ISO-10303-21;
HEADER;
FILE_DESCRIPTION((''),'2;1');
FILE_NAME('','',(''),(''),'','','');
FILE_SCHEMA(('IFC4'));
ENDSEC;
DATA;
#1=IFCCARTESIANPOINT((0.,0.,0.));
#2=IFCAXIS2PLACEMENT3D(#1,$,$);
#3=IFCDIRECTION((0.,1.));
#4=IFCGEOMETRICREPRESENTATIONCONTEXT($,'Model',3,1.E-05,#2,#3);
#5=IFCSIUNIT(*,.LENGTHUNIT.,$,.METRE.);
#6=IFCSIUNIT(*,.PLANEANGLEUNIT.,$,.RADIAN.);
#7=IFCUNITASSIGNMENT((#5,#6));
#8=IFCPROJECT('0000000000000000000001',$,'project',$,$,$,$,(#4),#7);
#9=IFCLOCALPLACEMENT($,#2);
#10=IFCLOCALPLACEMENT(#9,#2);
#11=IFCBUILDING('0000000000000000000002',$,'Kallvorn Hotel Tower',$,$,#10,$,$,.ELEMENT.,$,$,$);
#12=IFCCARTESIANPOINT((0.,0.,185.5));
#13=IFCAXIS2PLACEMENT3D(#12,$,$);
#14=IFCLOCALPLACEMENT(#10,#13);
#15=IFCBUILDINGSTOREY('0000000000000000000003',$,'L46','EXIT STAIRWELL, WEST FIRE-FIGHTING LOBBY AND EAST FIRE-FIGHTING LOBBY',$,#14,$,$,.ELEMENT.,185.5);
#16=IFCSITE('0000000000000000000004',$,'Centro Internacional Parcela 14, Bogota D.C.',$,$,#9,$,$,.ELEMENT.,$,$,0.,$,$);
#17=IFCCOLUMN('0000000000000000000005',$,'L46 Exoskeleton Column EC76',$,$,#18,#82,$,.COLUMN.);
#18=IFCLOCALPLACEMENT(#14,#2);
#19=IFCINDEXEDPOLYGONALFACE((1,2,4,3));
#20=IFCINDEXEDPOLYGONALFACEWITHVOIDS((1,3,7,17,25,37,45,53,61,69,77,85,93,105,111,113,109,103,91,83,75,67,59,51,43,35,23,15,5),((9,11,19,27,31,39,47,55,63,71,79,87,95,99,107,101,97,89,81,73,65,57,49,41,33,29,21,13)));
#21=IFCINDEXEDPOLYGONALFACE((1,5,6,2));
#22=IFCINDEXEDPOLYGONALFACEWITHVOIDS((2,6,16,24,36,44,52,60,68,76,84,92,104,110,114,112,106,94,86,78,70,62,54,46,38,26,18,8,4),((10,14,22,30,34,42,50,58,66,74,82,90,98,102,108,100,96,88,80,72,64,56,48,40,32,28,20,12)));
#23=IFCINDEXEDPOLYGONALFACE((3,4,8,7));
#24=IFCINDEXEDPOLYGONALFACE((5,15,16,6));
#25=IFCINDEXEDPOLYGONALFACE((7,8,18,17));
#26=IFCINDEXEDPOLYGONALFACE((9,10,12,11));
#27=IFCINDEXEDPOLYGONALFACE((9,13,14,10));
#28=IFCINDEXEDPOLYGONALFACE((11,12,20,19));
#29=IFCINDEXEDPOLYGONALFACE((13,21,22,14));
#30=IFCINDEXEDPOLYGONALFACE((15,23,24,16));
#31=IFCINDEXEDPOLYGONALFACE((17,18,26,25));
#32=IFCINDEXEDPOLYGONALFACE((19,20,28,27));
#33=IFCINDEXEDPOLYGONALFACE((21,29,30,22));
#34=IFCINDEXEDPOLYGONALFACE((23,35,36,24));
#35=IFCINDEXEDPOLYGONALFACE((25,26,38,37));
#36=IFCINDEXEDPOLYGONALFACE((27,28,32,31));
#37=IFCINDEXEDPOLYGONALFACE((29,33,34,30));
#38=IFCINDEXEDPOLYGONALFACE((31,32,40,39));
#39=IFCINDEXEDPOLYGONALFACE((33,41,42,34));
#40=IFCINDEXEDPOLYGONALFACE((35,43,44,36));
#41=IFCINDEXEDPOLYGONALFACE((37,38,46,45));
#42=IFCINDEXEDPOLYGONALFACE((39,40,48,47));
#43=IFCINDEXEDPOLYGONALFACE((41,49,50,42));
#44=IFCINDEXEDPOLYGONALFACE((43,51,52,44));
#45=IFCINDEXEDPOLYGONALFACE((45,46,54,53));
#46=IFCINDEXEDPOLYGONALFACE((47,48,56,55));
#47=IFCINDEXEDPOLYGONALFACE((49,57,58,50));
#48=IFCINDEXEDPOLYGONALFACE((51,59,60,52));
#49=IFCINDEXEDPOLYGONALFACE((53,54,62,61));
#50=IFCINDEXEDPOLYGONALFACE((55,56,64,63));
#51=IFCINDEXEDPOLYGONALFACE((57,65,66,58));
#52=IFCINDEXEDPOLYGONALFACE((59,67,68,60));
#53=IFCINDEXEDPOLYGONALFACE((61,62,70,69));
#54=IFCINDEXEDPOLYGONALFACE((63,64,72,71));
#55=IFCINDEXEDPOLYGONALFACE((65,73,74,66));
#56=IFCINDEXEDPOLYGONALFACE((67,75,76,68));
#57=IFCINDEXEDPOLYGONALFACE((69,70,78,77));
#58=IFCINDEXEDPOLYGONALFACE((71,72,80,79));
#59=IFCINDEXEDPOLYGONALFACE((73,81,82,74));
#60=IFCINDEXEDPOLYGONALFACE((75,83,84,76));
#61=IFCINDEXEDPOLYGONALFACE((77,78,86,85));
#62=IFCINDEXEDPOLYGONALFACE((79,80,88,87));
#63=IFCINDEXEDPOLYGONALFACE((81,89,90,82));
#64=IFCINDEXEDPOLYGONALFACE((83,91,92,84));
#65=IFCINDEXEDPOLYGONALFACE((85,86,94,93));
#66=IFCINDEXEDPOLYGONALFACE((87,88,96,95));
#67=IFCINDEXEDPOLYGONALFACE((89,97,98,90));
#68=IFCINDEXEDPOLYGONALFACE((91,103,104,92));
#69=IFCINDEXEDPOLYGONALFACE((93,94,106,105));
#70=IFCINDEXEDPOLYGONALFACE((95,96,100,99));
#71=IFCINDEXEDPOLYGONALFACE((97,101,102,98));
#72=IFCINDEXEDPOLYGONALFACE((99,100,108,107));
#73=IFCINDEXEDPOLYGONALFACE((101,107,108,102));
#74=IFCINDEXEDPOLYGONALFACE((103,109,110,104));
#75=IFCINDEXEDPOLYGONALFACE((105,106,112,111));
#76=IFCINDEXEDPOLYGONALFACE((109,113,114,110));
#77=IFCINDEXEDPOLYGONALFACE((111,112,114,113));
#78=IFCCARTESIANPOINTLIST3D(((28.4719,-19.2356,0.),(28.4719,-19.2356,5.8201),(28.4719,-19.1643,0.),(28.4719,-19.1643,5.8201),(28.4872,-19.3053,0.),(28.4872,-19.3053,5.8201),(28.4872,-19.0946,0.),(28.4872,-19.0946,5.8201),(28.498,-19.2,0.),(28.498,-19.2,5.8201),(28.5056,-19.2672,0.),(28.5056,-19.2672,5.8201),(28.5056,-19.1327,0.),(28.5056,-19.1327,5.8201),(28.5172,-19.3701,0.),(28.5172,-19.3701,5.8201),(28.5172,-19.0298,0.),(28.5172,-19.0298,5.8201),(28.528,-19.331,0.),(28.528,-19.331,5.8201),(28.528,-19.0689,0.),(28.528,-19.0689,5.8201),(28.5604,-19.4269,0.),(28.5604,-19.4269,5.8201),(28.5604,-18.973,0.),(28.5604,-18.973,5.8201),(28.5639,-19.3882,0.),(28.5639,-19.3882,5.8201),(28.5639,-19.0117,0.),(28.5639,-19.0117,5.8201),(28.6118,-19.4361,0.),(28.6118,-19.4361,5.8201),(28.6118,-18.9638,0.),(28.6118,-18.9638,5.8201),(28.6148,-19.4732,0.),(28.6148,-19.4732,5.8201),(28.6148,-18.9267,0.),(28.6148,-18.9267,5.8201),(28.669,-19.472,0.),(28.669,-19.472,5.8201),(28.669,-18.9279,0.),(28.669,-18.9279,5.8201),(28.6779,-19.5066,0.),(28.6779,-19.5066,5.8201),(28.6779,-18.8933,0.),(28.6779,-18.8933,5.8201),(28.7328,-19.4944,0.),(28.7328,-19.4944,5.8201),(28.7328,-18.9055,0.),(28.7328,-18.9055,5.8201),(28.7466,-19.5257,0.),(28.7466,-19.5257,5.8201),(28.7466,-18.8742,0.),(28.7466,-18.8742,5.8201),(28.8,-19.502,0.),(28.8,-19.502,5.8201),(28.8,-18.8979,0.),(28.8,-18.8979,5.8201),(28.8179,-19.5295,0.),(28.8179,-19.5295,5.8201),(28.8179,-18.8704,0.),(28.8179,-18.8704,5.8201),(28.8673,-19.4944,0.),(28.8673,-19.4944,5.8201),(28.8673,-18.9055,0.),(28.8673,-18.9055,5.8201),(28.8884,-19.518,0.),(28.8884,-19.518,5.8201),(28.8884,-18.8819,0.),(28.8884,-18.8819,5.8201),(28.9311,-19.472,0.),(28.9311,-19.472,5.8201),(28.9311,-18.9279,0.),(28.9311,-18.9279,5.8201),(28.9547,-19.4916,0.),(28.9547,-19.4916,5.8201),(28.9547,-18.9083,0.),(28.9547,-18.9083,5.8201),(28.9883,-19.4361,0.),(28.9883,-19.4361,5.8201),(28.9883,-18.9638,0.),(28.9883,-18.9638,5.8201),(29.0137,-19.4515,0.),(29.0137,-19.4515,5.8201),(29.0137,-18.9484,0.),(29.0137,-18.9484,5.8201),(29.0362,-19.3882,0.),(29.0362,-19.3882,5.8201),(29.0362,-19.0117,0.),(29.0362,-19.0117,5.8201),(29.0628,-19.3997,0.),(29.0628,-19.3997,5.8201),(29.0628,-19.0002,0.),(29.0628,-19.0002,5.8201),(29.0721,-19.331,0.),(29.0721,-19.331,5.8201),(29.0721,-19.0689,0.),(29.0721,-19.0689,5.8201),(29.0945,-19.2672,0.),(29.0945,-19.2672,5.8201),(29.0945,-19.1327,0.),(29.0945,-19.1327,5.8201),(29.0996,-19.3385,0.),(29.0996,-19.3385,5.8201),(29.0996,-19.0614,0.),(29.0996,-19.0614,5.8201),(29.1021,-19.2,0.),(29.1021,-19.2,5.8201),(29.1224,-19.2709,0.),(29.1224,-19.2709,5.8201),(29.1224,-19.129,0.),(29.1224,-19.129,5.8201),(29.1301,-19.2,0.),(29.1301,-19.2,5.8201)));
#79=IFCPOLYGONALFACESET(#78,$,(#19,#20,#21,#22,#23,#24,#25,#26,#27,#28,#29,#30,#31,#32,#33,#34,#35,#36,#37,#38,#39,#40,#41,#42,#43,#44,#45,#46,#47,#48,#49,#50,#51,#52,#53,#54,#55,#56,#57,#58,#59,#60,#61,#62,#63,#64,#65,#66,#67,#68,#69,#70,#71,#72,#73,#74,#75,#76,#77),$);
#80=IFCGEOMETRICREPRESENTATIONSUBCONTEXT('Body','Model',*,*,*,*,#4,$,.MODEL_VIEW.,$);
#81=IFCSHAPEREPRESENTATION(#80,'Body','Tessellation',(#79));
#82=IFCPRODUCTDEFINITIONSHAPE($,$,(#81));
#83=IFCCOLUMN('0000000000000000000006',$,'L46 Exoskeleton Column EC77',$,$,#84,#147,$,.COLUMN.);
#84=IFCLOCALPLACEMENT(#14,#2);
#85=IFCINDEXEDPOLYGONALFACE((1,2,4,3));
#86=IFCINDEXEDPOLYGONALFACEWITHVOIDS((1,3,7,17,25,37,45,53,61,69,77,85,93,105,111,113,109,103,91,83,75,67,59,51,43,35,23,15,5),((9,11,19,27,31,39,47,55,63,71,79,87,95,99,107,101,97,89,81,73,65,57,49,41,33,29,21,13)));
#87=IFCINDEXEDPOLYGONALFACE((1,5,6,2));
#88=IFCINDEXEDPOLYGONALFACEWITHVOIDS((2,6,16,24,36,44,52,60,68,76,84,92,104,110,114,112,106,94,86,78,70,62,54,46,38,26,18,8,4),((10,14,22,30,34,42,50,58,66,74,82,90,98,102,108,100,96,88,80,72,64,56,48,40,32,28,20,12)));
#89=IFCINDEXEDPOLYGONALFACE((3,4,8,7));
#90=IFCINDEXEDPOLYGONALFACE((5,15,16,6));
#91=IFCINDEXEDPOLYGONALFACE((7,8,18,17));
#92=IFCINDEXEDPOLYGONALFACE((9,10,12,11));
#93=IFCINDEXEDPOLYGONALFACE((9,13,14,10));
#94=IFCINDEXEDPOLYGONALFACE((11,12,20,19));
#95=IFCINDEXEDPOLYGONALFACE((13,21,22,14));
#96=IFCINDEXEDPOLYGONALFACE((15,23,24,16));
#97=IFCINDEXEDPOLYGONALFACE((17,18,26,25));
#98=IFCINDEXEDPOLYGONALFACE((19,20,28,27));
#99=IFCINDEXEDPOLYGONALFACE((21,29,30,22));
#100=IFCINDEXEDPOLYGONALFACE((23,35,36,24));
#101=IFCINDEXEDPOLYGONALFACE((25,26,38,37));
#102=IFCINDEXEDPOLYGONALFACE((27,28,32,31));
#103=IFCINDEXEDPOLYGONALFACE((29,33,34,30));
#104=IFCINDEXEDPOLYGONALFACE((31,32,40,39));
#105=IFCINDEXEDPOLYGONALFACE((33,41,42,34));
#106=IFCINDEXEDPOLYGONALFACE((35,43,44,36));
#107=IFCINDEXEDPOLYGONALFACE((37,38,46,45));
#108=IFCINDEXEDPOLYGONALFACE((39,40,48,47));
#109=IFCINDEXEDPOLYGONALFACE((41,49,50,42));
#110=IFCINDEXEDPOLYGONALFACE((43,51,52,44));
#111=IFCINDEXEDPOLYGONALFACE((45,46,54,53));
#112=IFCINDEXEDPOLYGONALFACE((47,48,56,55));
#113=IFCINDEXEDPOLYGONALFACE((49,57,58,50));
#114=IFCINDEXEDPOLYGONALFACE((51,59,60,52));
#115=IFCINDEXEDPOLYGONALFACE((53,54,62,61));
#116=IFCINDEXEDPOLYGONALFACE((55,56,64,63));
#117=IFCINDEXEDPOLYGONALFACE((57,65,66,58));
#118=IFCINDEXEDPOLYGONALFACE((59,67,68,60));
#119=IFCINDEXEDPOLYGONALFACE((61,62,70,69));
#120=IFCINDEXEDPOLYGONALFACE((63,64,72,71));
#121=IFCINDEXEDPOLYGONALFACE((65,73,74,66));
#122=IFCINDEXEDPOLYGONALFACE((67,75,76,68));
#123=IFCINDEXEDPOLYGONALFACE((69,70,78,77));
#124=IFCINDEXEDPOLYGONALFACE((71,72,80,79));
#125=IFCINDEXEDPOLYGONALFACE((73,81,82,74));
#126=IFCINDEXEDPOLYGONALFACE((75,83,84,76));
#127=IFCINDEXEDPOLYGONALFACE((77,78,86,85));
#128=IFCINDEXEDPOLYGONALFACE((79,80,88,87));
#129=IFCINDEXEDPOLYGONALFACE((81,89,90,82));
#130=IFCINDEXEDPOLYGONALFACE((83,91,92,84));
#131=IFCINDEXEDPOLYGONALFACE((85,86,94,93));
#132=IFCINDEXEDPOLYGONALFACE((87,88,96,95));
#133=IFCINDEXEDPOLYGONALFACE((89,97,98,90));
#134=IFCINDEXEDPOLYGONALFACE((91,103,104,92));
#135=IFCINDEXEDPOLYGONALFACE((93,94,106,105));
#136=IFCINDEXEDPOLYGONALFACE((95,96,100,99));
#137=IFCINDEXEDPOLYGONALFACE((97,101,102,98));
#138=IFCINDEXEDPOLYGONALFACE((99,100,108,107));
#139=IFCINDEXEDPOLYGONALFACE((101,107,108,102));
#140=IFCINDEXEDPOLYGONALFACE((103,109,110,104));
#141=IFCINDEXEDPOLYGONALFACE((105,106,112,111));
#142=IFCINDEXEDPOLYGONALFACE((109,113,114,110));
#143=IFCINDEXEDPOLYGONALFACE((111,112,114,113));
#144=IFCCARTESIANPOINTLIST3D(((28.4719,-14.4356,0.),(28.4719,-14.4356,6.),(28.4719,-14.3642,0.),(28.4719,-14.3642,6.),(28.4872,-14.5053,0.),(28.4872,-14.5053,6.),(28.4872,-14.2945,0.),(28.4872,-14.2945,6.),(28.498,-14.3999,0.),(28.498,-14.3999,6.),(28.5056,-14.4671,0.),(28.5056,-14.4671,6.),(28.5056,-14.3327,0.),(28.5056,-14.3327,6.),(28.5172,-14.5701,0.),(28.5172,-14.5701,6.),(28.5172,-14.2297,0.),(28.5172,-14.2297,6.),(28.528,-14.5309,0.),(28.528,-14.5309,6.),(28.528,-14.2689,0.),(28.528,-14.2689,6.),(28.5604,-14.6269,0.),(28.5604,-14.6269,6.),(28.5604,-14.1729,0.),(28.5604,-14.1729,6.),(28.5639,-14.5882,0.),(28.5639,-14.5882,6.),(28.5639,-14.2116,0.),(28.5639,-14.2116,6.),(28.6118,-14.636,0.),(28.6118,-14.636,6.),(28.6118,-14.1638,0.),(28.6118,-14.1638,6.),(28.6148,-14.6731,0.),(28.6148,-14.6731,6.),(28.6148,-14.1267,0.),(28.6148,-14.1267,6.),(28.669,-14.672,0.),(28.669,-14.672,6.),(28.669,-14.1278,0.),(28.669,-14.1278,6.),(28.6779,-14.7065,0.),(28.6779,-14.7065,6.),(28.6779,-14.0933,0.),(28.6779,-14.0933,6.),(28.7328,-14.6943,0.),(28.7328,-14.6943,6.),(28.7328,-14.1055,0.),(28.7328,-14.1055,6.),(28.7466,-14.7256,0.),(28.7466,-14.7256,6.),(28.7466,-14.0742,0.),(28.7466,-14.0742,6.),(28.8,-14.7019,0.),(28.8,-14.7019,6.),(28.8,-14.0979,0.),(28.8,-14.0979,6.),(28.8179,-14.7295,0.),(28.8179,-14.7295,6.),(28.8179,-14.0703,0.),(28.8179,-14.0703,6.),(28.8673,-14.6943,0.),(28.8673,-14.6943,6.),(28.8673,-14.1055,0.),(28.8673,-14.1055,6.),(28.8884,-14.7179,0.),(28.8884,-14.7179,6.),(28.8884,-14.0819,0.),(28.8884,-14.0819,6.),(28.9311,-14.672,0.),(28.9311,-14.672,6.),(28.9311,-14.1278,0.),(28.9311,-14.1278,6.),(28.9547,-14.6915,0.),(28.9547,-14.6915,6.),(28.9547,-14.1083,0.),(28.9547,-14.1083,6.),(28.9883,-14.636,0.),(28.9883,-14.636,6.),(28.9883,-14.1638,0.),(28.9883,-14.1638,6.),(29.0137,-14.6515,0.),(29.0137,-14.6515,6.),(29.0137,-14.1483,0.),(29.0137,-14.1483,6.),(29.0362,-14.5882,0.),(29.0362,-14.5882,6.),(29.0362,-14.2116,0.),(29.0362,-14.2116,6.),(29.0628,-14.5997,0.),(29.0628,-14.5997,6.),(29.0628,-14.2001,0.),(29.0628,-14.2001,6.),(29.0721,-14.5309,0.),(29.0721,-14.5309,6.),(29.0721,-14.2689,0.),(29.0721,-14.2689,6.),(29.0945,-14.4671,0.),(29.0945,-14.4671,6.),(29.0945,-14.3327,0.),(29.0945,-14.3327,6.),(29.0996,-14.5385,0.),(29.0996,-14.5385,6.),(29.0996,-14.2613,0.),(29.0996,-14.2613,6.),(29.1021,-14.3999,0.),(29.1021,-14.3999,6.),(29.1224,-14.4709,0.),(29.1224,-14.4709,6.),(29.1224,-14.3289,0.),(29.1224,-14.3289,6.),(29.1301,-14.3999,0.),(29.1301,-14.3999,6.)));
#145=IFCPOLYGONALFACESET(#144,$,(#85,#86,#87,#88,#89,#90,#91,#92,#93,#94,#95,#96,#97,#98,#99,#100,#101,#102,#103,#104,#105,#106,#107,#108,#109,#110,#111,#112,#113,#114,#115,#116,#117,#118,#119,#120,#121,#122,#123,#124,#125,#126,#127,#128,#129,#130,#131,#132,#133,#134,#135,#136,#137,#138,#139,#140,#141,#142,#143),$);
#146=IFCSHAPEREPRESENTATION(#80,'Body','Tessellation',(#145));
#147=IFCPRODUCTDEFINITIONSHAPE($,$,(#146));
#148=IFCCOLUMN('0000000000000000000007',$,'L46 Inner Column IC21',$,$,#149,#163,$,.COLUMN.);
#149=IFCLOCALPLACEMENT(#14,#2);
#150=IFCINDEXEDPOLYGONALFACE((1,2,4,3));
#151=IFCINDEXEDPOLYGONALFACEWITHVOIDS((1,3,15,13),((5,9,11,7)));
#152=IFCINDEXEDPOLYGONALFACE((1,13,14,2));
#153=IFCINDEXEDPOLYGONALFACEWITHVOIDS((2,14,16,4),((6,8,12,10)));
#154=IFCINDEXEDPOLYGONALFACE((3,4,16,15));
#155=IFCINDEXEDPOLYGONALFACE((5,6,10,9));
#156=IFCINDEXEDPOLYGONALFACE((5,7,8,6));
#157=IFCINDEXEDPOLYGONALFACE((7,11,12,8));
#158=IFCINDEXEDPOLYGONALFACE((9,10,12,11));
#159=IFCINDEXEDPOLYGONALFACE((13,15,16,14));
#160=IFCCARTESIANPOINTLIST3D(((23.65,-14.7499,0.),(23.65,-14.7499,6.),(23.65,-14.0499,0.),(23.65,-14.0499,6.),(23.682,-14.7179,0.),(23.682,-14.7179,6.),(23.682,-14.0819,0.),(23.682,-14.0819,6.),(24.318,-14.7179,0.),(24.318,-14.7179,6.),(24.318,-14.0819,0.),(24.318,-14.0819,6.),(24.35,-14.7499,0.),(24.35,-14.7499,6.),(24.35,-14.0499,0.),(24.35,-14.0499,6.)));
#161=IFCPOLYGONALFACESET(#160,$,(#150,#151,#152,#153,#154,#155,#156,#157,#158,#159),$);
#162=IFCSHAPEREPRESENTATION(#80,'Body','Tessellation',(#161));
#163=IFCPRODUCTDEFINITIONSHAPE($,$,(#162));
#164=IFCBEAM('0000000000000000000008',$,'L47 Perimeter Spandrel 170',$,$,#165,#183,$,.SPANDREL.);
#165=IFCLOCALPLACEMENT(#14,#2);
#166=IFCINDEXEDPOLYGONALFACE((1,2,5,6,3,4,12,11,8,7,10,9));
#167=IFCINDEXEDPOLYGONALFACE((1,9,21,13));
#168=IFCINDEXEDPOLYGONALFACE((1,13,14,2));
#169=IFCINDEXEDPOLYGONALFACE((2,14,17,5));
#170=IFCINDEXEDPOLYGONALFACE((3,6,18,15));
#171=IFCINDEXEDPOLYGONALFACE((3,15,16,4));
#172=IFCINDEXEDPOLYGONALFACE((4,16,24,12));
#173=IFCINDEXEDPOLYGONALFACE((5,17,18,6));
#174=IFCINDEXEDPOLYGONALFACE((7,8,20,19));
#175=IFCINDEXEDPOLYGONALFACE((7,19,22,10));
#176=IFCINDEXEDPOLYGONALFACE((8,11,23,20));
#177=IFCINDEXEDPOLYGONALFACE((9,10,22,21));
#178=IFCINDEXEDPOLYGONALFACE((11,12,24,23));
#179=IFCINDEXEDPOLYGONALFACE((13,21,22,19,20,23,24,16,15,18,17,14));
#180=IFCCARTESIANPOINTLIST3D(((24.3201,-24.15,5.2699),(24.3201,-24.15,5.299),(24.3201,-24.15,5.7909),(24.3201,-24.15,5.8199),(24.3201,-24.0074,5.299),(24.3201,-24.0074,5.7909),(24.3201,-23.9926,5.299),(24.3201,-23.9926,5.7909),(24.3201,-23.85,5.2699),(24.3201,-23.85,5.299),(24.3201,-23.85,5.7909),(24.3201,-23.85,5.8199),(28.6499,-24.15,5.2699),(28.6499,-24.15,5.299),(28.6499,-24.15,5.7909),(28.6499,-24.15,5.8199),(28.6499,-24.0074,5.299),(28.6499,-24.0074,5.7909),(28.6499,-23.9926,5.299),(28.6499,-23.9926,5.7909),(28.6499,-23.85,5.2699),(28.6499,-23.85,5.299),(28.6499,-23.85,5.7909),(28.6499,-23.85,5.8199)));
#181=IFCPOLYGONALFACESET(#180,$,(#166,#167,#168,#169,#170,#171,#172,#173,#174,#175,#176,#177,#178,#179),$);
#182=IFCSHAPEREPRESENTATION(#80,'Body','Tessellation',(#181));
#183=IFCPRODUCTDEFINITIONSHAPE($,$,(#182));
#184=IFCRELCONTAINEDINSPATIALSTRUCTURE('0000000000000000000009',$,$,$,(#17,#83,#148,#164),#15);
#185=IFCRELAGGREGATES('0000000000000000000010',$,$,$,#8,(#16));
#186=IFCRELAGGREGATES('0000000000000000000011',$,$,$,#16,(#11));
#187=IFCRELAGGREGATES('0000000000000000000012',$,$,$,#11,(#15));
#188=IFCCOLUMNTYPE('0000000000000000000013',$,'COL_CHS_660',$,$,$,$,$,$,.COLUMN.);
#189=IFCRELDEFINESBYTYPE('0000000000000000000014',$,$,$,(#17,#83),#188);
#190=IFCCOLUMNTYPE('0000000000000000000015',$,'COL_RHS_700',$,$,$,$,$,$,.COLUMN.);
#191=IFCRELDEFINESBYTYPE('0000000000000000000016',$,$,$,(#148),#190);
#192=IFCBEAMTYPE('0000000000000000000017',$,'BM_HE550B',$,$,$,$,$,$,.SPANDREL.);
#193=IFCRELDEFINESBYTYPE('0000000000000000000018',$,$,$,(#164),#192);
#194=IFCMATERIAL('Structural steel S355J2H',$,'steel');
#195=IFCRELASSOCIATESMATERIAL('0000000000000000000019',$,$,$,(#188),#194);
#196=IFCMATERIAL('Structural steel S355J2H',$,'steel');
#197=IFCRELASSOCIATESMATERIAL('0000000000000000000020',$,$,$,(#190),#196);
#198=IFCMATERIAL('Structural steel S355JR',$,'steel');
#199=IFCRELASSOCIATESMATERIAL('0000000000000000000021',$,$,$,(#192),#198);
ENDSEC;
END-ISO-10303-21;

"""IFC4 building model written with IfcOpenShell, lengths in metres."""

from ifc_helpers import new_model, si_unit, direction, frame, origin, origin_2d, place, context, subcontext, project, spatial, hollow_rectangle, hollow_circle, i_section, extrude, material, material_profile, profile_set, type_object, element, save


model = new_model("IFC4")

# Units and contexts
model_context = context("Model", 3, precision=1e-05, world=origin(), true_north=direction((0.0, 1.0)))
body_context = subcontext(model_context, "Body", "Model", "MODEL_VIEW")
ifc_project = project(units=[si_unit("LENGTHUNIT", "METRE"), si_unit("PLANEANGLEUNIT", "RADIAN")], contexts=[model_context])

# Site, building, storey
site_placement = place(None, origin())
site = spatial("IfcSite", under=ifc_project, at=site_placement, Name="Centro Internacional Parcela 14, Bogota D.C.", CompositionType="ELEMENT", RefElevation=0.0)
building_placement = place(site_placement, origin())
building = spatial("IfcBuilding", under=site, at=building_placement, Name="Kallvorn Hotel Tower", CompositionType="ELEMENT")
storey_placement = place(building_placement, frame((0.0, 0.0, 185.5)))
storey = spatial("IfcBuildingStorey", under=building, at=storey_placement, Name="L46", Description="EXIT STAIRWELL, WEST FIRE-FIGHTING LOBBY AND EAST FIRE-FIGHTING LOBBY", CompositionType="ELEMENT", Elevation=185.5)

# Columns
ifc_material_1 = material(Name="Structural steel S355J2H", Category="steel")
ifc_material_profile_1 = material_profile(ifc_material_1, hollow_circle(Radius=0.3301, WallThickness=0.0281, at=origin_2d()), Name="CHS 660x28")
ifc_profile_set_1 = profile_set([ifc_material_profile_1], Name="Structural steel S355J2H")
column_type_1 = type_object("IfcColumnType", Name="COL_CHS_660", PredefinedType="COLUMN", material=ifc_profile_set_1)
column_1_placement = place(storey_placement, frame((28.8, -19.2, 0.0), z_axis=(0.0, 0.0, 1.0), x_axis=(1.0, 0.0, 0.0)))
element("IfcColumn", 1, at=column_1_placement, inside=storey, type_object=column_type_1, Name="L46 Exoskeleton Column EC76", PredefinedType="COLUMN", context=body_context, shape_type="SweptSolid", body=[
    extrude(hollow_circle(Radius=0.3301, WallThickness=0.0281, at=origin_2d()), origin(), (0.0, 0.0, 1.0), 5.8201),
])
column_2_placement = place(storey_placement, frame((28.8, -14.3999, 0.0), z_axis=(0.0, 0.0, 1.0), x_axis=(1.0, 0.0, 0.0)))
element("IfcColumn", 2, at=column_2_placement, inside=storey, type_object=column_type_1, Name="L46 Exoskeleton Column EC77", PredefinedType="COLUMN", context=body_context, shape_type="SweptSolid", body=[
    extrude(hollow_circle(Radius=0.3301, WallThickness=0.0281, at=origin_2d()), origin(), (0.0, 0.0, 1.0), 6.0),
])
ifc_material_2 = material(Name="Structural steel S355J2H", Category="steel")
ifc_material_profile_2 = material_profile(ifc_material_2, hollow_rectangle(XDim=0.7, YDim=0.7, WallThickness=0.032, at=origin_2d()), Name="RHS 700x700x32")
ifc_profile_set_2 = profile_set([ifc_material_profile_2], Name="Structural steel S355J2H")
column_type_2 = type_object("IfcColumnType", Name="COL_RHS_700", PredefinedType="COLUMN", material=ifc_profile_set_2)
column_3_placement = place(storey_placement, frame((24.0, -14.3999, 0.0), z_axis=(0.0, 0.0, 1.0), x_axis=(1.0, 0.0, 0.0)))
element("IfcColumn", 3, at=column_3_placement, inside=storey, type_object=column_type_2, Name="L46 Inner Column IC21", PredefinedType="COLUMN", context=body_context, shape_type="SweptSolid", body=[
    extrude(hollow_rectangle(XDim=0.7, YDim=0.7, WallThickness=0.032, at=origin_2d()), origin(), (0.0, 0.0, 1.0), 6.0),
])

# Beam
ifc_material_3 = material(Name="Structural steel S355JR", Category="steel")
ifc_material_profile_3 = material_profile(ifc_material_3, i_section(OverallWidth=0.3, OverallDepth=0.55, WebThickness=0.0149, FlangeThickness=0.0291, at=origin_2d()), Name="HE 550 B")
ifc_profile_set_3 = profile_set([ifc_material_profile_3], Name="Structural steel S355JR")
beam_type_1 = type_object("IfcBeamType", Name="BM_HE550B", PredefinedType="SPANDREL", material=ifc_profile_set_3)
beam_1_placement = place(storey_placement, frame((24.3201, -24.0, 5.5449), z_axis=(1.0, 0.0, 0.0), x_axis=(0.0, 1.0, 0.0)))
element("IfcBeam", 4, at=beam_1_placement, inside=storey, type_object=beam_type_1, Name="L47 Perimeter Spandrel 170", PredefinedType="SPANDREL", context=body_context, shape_type="SweptSolid", body=[
    extrude(i_section(OverallWidth=0.3, OverallDepth=0.55, WebThickness=0.0149, FlangeThickness=0.0291, at=origin_2d()), origin(), (0.0, 0.0, 1.0), 4.3298),
])

save(model, "model.ifc")
